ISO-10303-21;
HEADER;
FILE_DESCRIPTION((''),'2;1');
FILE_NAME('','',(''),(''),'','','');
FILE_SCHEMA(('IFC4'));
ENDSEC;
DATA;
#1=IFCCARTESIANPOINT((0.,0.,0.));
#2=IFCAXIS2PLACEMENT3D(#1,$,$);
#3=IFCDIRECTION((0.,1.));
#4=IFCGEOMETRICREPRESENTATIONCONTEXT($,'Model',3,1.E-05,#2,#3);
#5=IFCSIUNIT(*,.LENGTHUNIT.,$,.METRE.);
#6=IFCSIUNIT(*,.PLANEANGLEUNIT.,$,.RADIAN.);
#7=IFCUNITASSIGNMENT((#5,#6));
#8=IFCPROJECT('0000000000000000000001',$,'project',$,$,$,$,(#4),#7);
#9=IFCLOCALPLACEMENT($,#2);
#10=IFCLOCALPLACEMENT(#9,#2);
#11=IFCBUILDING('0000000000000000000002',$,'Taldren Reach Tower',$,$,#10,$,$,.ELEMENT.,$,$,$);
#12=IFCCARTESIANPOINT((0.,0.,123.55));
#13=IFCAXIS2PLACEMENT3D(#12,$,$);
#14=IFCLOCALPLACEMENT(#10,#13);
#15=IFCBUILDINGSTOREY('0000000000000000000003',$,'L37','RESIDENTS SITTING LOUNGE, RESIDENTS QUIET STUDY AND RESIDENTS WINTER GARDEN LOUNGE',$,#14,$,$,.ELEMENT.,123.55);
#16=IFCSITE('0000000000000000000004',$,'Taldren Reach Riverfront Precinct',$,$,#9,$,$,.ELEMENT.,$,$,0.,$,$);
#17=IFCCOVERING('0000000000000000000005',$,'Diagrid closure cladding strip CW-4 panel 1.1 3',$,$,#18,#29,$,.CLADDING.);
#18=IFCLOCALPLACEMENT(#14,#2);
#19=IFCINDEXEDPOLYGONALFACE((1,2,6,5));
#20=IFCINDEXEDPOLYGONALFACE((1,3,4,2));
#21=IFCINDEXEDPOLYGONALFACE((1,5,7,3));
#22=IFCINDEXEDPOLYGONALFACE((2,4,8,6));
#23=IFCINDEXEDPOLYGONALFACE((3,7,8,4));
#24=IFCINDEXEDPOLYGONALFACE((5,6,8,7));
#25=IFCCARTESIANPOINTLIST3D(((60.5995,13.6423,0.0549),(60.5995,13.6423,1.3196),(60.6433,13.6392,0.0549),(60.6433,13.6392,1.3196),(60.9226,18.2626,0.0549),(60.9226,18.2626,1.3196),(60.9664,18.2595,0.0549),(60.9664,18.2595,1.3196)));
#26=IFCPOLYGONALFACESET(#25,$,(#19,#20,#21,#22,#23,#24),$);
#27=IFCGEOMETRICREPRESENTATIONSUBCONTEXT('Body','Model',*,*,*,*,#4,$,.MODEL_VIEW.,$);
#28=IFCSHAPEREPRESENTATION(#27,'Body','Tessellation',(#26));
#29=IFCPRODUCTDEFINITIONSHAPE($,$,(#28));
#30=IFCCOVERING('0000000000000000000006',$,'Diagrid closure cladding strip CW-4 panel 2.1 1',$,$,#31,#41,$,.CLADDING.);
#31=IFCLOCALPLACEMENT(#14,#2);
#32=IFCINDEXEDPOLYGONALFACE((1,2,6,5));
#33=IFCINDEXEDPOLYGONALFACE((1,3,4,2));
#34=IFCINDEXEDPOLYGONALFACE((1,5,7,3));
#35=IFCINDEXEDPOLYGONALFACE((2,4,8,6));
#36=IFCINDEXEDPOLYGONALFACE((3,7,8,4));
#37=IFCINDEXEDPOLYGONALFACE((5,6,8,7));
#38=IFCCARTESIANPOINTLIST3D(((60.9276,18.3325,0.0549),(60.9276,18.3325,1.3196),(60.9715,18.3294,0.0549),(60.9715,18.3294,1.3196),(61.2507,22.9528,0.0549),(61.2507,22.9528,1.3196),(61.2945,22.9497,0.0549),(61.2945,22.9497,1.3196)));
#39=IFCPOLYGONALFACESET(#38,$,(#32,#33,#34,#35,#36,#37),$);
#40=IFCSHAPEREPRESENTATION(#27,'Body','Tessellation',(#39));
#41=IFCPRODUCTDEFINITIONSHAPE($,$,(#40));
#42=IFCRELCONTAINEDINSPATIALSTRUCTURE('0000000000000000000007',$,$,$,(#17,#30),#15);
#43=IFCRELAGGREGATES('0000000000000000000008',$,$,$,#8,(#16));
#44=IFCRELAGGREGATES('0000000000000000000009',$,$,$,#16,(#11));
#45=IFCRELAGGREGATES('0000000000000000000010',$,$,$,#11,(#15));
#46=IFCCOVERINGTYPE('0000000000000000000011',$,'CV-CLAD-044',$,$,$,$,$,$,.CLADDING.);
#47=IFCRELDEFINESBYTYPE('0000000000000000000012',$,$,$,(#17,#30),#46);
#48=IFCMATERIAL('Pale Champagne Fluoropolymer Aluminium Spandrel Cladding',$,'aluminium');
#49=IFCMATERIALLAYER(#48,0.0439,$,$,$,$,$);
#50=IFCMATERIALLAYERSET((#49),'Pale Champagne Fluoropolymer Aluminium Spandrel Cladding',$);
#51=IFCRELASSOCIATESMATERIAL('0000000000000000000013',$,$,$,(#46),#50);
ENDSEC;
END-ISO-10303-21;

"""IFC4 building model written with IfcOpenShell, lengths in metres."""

from ifc_helpers import new_model, si_unit, direction, frame, origin, origin_2d, place, context, subcontext, project, spatial, rectangle, extrude, source, transform, mapped, material, layer, layer_set, type_object, element, save


model = new_model("IFC4")

# Units and contexts
model_context = context("Model", 3, precision=1e-05, world=origin(), true_north=direction((0.0, 1.0)))
body_context = subcontext(model_context, "Body", "Model", "MODEL_VIEW")
ifc_project = project(units=[si_unit("LENGTHUNIT", "METRE"), si_unit("PLANEANGLEUNIT", "RADIAN")], contexts=[model_context])

# Site, building, storey
site_placement = place(None, origin())
site = spatial("IfcSite", under=ifc_project, at=site_placement, Name="Taldren Reach Riverfront Precinct", CompositionType="ELEMENT", RefElevation=0.0)
building_placement = place(site_placement, origin())
building = spatial("IfcBuilding", under=site, at=building_placement, Name="Taldren Reach Tower", CompositionType="ELEMENT")
storey_placement = place(building_placement, frame((0.0, 0.0, 123.55)))
storey = spatial("IfcBuildingStorey", under=building, at=storey_placement, Name="L37", Description="RESIDENTS SITTING LOUNGE, RESIDENTS QUIET STUDY AND RESIDENTS WINTER GARDEN LOUNGE", CompositionType="ELEMENT", Elevation=123.55)

# Coverings
ifc_material_1 = material(Name="Pale Champagne Fluoropolymer Aluminium Spandrel Cladding", Category="aluminium")
ifc_layer_1 = layer(ifc_material_1, 0.0439)
ifc_layer_set_1 = layer_set([ifc_layer_1], Name="Pale Champagne Fluoropolymer Aluminium Spandrel Cladding")
covering_type = type_object("IfcCoveringType", Name="CV-CLAD-044", PredefinedType="CLADDING", material=ifc_layer_set_1)
shared_shape_1 = source(origin(), body_context, "Body", "SweptSolid", [
    extrude(rectangle(XDim=4.6316, YDim=0.0439, at=origin_2d()), origin(), (0.0, 0.0, 1.0), 1.2646),
])
for number, where, z_axis, x_axis, name in (
    (1, (60.783, 15.9509, 0.0549), (0.0, 0.0, 1.0), (0.069756, 0.997564, 0.0), "Diagrid closure cladding strip CW-4 panel 1.1 3"),
    (2, (61.1111, 20.6411, 0.0549), (0.0, 0.0, 1.0), (0.069756, 0.997564, 0.0), "Diagrid closure cladding strip CW-4 panel 2.1 1"),
):
    element("IfcCovering", number, at=place(storey_placement, frame(where, z_axis=z_axis, x_axis=x_axis)), inside=storey, type_object=covering_type, Name=name, PredefinedType="CLADDING", context=body_context, shape_type="MappedRepresentation", body=[
        mapped(shared_shape_1, transform((0.0, 0.0, 0.0), scale=1.0)),
    ])

save(model, "model.ifc")
